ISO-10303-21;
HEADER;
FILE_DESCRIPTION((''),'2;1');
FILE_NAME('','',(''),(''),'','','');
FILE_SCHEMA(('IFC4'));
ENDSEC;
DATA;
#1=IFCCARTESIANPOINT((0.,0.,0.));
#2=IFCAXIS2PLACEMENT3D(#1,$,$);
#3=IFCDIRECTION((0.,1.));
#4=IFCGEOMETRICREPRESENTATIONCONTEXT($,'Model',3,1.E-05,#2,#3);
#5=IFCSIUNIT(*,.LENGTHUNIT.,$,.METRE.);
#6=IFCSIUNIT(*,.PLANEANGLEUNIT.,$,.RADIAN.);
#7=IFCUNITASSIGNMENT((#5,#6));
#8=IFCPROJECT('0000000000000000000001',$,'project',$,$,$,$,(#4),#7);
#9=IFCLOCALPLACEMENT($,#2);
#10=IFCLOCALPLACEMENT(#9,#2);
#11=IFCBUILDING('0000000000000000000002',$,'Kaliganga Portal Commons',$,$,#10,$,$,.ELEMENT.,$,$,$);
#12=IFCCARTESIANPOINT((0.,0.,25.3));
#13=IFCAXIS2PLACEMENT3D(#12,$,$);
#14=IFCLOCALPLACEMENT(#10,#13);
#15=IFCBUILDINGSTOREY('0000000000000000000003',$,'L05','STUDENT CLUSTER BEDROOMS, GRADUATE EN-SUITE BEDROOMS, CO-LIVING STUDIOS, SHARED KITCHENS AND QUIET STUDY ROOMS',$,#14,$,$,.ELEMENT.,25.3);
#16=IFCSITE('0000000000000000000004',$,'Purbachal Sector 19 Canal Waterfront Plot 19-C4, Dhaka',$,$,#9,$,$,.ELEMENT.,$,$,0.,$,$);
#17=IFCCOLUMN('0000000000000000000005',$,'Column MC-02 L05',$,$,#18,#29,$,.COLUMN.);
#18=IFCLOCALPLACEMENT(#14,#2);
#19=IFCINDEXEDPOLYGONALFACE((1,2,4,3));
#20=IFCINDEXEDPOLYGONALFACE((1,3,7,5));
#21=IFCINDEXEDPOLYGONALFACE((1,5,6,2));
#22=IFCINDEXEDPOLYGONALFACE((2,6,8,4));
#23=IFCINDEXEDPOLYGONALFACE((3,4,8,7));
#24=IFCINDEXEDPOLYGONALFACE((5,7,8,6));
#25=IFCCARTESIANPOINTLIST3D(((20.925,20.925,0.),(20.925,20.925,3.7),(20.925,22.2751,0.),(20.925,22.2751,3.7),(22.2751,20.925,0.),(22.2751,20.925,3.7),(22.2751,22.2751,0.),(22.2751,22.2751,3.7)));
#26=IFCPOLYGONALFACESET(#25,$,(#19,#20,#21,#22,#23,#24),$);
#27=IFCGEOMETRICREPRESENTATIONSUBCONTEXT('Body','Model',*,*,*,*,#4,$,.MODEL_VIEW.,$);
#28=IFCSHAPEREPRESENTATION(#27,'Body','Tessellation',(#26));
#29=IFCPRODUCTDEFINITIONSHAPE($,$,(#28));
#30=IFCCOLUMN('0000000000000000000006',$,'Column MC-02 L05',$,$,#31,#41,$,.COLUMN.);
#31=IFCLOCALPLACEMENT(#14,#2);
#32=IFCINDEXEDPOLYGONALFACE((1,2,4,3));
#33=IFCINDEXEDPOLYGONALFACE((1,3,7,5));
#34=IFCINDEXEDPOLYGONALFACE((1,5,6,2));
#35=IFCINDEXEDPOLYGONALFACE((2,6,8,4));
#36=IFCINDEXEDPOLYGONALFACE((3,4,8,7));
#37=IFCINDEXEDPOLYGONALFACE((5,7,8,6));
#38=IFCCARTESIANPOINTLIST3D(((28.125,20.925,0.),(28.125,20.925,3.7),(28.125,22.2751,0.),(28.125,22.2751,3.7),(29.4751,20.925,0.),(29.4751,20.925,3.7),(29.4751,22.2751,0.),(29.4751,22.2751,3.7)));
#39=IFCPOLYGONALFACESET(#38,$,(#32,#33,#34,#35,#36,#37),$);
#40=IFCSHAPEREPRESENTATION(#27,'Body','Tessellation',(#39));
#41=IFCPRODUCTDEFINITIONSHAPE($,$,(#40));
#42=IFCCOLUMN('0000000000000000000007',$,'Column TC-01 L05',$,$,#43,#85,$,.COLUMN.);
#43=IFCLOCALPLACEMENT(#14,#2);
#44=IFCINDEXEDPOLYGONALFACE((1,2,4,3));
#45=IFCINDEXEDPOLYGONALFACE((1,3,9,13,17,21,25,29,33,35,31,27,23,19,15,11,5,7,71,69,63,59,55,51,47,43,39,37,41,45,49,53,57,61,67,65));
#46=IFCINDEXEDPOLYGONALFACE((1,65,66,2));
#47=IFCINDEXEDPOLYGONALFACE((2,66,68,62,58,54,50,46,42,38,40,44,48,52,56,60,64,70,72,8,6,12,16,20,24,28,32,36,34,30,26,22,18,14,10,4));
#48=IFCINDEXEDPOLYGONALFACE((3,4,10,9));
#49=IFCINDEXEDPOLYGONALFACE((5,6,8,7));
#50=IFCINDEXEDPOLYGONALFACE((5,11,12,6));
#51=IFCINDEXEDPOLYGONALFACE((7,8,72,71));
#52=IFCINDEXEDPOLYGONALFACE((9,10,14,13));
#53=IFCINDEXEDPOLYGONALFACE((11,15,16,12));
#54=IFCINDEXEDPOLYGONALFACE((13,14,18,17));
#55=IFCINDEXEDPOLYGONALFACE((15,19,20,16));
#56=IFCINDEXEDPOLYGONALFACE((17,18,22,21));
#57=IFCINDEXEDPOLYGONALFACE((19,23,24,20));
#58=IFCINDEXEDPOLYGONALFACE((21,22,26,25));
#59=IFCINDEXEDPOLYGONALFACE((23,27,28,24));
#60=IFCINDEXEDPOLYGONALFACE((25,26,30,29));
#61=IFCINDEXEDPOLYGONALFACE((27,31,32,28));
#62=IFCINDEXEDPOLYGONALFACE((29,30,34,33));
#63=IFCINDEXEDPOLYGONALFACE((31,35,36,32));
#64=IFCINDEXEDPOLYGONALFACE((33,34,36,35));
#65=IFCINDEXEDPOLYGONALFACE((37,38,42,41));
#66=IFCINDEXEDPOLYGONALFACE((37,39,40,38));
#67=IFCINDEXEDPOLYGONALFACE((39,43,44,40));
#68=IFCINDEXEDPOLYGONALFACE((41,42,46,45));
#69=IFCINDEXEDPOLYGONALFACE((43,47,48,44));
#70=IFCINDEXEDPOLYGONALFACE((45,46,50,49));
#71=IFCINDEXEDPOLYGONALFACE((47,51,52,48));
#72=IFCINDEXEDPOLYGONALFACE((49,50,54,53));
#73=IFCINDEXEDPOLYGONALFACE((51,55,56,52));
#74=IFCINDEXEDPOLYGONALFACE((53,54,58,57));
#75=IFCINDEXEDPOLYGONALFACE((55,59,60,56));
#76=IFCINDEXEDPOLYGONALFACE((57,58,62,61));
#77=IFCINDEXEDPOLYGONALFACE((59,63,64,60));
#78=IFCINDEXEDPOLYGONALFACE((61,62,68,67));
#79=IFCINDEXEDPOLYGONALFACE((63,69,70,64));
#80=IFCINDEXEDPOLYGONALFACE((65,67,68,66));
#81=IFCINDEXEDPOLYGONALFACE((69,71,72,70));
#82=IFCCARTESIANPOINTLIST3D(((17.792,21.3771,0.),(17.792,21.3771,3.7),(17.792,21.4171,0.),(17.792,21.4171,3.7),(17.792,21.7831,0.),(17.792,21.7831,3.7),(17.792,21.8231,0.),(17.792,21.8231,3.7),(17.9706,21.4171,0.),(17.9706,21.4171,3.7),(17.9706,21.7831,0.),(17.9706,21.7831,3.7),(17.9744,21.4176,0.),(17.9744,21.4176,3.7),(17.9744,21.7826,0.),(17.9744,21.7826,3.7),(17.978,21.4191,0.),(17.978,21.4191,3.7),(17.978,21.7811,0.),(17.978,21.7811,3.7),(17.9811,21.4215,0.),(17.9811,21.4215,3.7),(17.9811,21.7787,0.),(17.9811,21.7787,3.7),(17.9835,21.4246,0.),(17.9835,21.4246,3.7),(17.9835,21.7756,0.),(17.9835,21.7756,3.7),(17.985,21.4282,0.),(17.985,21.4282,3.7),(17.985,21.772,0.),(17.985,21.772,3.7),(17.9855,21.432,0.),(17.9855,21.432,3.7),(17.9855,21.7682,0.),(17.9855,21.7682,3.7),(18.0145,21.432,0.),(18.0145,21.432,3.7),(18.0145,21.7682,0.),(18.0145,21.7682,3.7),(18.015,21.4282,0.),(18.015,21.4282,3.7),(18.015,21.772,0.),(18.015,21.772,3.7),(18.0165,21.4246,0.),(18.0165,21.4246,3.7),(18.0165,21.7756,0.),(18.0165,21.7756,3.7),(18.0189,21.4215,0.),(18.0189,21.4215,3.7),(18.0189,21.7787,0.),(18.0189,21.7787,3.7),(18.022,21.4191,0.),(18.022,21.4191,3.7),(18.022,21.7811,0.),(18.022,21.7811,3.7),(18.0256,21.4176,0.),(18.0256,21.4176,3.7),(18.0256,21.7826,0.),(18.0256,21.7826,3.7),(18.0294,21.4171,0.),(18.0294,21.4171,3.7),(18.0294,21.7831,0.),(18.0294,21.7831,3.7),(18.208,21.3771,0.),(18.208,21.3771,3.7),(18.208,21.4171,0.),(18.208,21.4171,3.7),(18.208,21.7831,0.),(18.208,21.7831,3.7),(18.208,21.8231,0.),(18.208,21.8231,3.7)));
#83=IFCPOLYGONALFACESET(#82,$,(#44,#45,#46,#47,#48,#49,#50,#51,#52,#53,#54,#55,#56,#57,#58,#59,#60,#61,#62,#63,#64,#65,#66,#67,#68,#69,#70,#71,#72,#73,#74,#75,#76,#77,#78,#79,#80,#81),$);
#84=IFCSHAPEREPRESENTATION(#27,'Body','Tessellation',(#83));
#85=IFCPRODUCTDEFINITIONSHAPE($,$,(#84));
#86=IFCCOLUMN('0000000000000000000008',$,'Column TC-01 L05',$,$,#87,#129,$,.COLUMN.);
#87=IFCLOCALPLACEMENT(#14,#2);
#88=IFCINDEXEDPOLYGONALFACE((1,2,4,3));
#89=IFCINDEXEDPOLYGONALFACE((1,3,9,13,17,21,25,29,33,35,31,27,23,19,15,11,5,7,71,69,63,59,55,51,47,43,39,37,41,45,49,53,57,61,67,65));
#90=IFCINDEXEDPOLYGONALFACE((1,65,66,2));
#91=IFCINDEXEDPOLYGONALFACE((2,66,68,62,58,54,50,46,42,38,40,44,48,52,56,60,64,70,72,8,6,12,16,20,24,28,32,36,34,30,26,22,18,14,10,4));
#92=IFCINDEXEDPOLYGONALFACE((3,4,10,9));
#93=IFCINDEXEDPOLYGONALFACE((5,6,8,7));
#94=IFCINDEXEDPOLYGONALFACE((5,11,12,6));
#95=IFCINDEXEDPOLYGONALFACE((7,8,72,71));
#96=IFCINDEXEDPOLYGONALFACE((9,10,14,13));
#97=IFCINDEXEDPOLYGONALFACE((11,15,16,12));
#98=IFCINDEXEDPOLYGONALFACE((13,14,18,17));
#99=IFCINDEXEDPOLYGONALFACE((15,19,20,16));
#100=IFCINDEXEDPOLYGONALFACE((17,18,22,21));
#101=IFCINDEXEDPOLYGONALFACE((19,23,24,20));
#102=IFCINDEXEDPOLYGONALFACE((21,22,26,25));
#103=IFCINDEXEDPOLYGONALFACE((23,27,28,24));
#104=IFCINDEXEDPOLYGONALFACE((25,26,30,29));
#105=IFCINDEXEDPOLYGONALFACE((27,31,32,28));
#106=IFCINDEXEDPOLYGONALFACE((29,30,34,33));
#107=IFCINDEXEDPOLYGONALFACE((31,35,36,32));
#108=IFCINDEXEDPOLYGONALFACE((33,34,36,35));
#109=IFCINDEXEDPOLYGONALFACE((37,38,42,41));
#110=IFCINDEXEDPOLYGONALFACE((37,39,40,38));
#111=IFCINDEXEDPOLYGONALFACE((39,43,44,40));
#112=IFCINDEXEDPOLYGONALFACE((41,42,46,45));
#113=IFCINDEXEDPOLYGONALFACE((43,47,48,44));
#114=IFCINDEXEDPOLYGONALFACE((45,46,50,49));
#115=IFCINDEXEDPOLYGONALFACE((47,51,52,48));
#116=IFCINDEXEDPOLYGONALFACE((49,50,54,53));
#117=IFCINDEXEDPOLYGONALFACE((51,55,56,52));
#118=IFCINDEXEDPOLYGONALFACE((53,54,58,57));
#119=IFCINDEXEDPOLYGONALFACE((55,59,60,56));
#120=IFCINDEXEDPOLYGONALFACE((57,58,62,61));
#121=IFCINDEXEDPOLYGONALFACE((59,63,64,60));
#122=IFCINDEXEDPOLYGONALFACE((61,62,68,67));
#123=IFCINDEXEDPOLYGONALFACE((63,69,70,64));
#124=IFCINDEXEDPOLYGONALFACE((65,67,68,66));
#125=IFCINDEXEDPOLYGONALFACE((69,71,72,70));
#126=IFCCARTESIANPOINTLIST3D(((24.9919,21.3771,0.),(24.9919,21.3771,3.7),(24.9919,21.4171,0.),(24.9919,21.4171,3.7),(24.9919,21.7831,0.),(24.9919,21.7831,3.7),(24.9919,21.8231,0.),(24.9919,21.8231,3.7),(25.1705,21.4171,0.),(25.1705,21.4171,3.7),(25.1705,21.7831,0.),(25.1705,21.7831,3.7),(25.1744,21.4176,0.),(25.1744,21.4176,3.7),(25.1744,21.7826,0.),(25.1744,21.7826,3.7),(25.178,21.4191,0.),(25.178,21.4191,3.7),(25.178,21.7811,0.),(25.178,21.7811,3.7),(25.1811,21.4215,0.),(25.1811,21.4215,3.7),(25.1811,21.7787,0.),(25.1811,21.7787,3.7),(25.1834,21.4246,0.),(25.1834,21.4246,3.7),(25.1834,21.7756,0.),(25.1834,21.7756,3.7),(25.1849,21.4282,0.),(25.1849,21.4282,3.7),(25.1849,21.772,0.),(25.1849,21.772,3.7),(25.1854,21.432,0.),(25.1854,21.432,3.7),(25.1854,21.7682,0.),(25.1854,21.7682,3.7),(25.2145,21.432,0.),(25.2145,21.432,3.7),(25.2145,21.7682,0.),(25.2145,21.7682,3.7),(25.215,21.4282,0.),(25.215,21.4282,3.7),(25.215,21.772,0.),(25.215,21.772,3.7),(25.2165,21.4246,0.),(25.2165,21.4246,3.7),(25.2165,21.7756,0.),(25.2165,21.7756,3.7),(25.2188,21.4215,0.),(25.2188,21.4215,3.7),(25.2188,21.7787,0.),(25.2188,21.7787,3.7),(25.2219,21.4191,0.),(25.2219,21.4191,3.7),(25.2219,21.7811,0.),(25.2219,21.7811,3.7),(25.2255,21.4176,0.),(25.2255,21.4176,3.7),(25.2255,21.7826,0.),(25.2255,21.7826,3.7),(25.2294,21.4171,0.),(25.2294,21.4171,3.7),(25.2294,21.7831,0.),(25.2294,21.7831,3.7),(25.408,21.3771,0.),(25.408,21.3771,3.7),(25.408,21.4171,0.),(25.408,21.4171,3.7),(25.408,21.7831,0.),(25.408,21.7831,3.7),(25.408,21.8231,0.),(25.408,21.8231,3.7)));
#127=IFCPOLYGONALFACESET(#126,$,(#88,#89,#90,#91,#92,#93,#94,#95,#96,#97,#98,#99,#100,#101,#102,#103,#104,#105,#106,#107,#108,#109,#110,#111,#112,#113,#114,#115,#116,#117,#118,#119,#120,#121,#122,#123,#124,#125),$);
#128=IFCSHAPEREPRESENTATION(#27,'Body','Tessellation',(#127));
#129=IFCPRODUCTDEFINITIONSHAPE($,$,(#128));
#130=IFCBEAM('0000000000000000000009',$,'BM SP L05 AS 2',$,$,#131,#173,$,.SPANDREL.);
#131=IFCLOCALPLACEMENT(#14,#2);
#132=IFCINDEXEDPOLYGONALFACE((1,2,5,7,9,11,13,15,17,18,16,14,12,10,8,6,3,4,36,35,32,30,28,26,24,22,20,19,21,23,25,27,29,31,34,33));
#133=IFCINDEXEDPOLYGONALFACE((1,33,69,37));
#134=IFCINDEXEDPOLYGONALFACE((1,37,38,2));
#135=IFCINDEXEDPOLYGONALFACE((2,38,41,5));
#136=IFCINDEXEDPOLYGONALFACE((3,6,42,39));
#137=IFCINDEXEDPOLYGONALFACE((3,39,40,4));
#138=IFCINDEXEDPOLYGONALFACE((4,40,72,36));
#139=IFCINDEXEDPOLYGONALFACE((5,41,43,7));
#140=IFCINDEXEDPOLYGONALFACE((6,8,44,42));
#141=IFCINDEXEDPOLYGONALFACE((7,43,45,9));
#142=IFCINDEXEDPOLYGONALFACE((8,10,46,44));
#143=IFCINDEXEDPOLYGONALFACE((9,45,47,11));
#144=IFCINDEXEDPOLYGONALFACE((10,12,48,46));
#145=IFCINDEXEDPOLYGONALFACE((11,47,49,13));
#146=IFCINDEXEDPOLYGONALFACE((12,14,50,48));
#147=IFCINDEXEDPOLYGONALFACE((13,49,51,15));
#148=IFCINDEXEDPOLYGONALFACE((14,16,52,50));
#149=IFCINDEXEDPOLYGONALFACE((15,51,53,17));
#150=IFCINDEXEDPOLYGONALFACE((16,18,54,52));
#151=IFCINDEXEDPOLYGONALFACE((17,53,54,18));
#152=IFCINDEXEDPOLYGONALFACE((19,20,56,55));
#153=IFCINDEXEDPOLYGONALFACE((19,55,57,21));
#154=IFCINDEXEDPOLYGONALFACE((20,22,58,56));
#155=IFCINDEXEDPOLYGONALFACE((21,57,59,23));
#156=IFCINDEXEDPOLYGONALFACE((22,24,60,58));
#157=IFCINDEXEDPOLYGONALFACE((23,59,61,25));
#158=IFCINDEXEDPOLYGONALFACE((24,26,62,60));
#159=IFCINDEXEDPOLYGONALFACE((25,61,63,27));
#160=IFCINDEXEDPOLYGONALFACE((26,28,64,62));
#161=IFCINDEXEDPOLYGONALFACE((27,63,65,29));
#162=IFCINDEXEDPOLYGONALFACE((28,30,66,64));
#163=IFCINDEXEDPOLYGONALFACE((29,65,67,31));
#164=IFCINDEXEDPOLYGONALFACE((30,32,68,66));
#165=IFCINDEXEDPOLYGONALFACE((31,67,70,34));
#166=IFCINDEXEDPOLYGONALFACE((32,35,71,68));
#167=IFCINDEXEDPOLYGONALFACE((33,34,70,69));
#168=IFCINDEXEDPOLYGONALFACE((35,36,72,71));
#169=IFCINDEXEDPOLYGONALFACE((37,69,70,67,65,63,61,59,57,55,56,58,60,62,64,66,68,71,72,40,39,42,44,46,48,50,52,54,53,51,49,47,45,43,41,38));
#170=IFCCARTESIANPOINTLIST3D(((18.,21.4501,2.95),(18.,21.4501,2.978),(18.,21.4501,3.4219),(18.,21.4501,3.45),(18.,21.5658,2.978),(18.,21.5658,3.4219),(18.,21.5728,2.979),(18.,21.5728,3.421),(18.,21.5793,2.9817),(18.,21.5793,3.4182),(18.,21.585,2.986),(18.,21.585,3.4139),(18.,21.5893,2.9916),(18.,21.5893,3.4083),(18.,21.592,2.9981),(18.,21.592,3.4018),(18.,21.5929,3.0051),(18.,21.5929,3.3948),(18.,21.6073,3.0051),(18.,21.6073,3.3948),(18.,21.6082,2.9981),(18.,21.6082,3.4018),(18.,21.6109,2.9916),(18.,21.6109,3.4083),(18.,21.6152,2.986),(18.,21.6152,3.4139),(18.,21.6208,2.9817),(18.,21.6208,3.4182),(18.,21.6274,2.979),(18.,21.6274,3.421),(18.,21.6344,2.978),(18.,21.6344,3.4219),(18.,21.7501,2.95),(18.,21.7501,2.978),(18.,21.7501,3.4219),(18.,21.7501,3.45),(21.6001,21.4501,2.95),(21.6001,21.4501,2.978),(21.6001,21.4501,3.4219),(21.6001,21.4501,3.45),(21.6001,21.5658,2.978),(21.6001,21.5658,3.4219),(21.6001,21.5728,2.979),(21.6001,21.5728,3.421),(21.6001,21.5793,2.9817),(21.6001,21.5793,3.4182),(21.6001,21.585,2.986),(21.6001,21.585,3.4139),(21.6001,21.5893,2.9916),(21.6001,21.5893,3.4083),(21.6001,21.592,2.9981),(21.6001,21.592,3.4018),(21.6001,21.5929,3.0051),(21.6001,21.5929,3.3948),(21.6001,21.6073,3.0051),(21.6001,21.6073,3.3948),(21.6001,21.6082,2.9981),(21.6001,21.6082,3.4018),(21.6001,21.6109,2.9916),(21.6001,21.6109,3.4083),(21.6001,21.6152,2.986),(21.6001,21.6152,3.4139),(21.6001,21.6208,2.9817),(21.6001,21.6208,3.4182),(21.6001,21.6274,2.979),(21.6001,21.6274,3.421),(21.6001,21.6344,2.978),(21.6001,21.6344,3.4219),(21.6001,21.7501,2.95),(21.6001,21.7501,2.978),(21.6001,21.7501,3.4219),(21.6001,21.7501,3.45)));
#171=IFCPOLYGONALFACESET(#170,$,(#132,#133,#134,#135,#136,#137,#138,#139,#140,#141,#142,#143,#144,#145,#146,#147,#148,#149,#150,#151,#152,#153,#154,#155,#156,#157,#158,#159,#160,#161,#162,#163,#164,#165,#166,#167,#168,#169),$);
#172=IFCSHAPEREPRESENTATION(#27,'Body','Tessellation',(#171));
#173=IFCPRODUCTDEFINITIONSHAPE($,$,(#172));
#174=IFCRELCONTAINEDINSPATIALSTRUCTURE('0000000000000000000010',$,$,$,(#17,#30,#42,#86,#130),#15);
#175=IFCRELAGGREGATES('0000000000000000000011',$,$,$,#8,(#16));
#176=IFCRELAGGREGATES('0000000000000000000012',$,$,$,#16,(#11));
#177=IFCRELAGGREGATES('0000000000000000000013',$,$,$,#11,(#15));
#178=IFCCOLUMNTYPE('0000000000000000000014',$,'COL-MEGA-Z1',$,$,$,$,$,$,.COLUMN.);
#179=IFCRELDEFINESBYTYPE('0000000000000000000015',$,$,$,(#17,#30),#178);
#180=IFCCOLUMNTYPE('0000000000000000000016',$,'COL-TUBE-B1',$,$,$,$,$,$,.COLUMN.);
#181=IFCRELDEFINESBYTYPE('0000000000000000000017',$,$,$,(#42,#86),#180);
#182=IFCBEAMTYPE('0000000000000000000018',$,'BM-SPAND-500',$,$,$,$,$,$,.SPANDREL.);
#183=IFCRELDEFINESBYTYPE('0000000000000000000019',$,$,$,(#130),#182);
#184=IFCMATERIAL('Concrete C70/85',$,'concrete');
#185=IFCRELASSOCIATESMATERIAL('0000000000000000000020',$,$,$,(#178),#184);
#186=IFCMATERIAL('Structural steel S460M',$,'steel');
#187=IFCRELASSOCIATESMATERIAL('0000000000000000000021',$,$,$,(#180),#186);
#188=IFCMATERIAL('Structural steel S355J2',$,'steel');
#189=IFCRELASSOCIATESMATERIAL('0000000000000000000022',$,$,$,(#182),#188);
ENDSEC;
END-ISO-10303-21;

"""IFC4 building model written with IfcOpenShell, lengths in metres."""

from ifc_helpers import new_model, si_unit, direction, frame, origin, origin_2d, place, context, subcontext, project, spatial, rectangle, i_section, extrude, source, transform, mapped, material, material_profile, profile_set, type_object, element, save


model = new_model("IFC4")

# Units and contexts
model_context = context("Model", 3, precision=1e-05, world=origin(), true_north=direction((0.0, 1.0)))
body_context = subcontext(model_context, "Body", "Model", "MODEL_VIEW")
ifc_project = project(units=[si_unit("LENGTHUNIT", "METRE"), si_unit("PLANEANGLEUNIT", "RADIAN")], contexts=[model_context])

# Site, building, storey
site_placement = place(None, origin())
site = spatial("IfcSite", under=ifc_project, at=site_placement, Name="Purbachal Sector 19 Canal Waterfront Plot 19-C4, Dhaka", CompositionType="ELEMENT", RefElevation=0.0)
building_placement = place(site_placement, origin())
building = spatial("IfcBuilding", under=site, at=building_placement, Name="Kaliganga Portal Commons", CompositionType="ELEMENT")
storey_placement = place(building_placement, frame((0.0, 0.0, 25.3)))
storey = spatial("IfcBuildingStorey", under=building, at=storey_placement, Name="L05", Description="STUDENT CLUSTER BEDROOMS, GRADUATE EN-SUITE BEDROOMS, CO-LIVING STUDIOS, SHARED KITCHENS AND QUIET STUDY ROOMS", CompositionType="ELEMENT", Elevation=25.3)

# Columns
ifc_material_1 = material(Name="Concrete C70/85", Category="concrete")
ifc_material_profile_1 = material_profile(ifc_material_1, rectangle(XDim=1.3501, YDim=1.3501, at=origin_2d()), Name="RC 1350x1350")
ifc_profile_set_1 = profile_set([ifc_material_profile_1], Name="Concrete C70/85")
column_type_1 = type_object("IfcColumnType", Name="COL-MEGA-Z1", PredefinedType="COLUMN", material=ifc_profile_set_1)
shared_shape_1 = source(origin(), body_context, "Body", "SweptSolid", [
    extrude(rectangle(XDim=1.3501, YDim=1.3501, at=origin_2d()), origin(), (0.0, 0.0, 1.0), 3.7),
])
for number, where, z_axis, x_axis, name in (
    (1, (21.6001, 21.6001, 0.0), (0.0, 0.0, 1.0), (1.0, 0.0, 0.0), "Column MC-02 L05"),
    (2, (28.8, 21.6001, 0.0), (0.0, 0.0, 1.0), (1.0, 0.0, 0.0), "Column MC-02 L05"),
):
    element("IfcColumn", number, at=place(storey_placement, frame(where, z_axis=z_axis, x_axis=x_axis)), inside=storey, type_object=column_type_1, Name=name, PredefinedType="COLUMN", context=body_context, shape_type="MappedRepresentation", body=[
        mapped(shared_shape_1, transform((0.0, 0.0, 0.0), x_axis=(1.0, 0.0, 0.0), y_axis=(0.0, 1.0, 0.0), z_axis=(0.0, 0.0, 1.0), scale=1.0)),
    ])
ifc_material_2 = material(Name="Structural steel S460M", Category="steel")
ifc_material_profile_2 = material_profile(ifc_material_2, i_section(OverallWidth=0.416, OverallDepth=0.446, WebThickness=0.0291, FlangeThickness=0.04, FilletRadius=0.0149, at=origin_2d()), Name="HD 400x509")
ifc_profile_set_2 = profile_set([ifc_material_profile_2], Name="Structural steel S460M wide-flange")
column_type_2 = type_object("IfcColumnType", Name="COL-TUBE-B1", PredefinedType="COLUMN", material=ifc_profile_set_2)
shared_shape_2 = source(origin(), body_context, "Body", "SweptSolid", [
    extrude(i_section(OverallWidth=0.416, OverallDepth=0.446, WebThickness=0.0291, FlangeThickness=0.04, FilletRadius=0.0149, at=origin_2d()), origin(), (0.0, 0.0, 1.0), 3.7),
])
for number, where, z_axis, x_axis, name in (
    (3, (18.0, 21.6001, 0.0), (0.0, 0.0, 1.0), (1.0, 0.0, 0.0), "Column TC-01 L05"),
    (4, (25.2, 21.6001, 0.0), (0.0, 0.0, 1.0), (1.0, 0.0, 0.0), "Column TC-01 L05"),
):
    element("IfcColumn", number, at=place(storey_placement, frame(where, z_axis=z_axis, x_axis=x_axis)), inside=storey, type_object=column_type_2, Name=name, PredefinedType="COLUMN", context=body_context, shape_type="MappedRepresentation", body=[
        mapped(shared_shape_2, transform((0.0, 0.0, 0.0), x_axis=(1.0, 0.0, 0.0), y_axis=(0.0, 1.0, 0.0), z_axis=(0.0, 0.0, 1.0), scale=1.0)),
    ])

# Beam
ifc_material_3 = material(Name="Structural steel S355J2", Category="steel")
ifc_material_profile_3 = material_profile(ifc_material_3, i_section(OverallWidth=0.3, OverallDepth=0.5, WebThickness=0.0144, FlangeThickness=0.0281, FilletRadius=0.0271, at=origin_2d()), Name="HE 500 B")
ifc_profile_set_3 = profile_set([ifc_material_profile_3], Name="Structural steel S355J2 wide-flange")
beam_type_1 = type_object("IfcBeamType", Name="BM-SPAND-500", PredefinedType="SPANDREL", material=ifc_profile_set_3)
shared_shape_3 = source(origin(), body_context, "Body", "SweptSolid", [
    extrude(i_section(OverallWidth=0.3, OverallDepth=0.5, WebThickness=0.0144, FlangeThickness=0.0281, FilletRadius=0.0271, at=origin_2d()), origin(), (0.0, 0.0, 1.0), 3.6001),
])
for number, where, z_axis, x_axis, name in (
    (5, (18.0, 21.6001, 3.2), (1.0, 0.0, 0.0), (0.0, 1.0, 0.0), "BM SP L05 AS 2"),
):
    element("IfcBeam", number, at=place(storey_placement, frame(where, z_axis=z_axis, x_axis=x_axis)), inside=storey, type_object=beam_type_1, Name=name, PredefinedType="SPANDREL", context=body_context, shape_type="MappedRepresentation", body=[
        mapped(shared_shape_3, transform((0.0, 0.0, 0.0), x_axis=(1.0, 0.0, 0.0), y_axis=(0.0, 1.0, 0.0), z_axis=(0.0, 0.0, 1.0), scale=1.0)),
    ])

save(model, "model.ifc")
